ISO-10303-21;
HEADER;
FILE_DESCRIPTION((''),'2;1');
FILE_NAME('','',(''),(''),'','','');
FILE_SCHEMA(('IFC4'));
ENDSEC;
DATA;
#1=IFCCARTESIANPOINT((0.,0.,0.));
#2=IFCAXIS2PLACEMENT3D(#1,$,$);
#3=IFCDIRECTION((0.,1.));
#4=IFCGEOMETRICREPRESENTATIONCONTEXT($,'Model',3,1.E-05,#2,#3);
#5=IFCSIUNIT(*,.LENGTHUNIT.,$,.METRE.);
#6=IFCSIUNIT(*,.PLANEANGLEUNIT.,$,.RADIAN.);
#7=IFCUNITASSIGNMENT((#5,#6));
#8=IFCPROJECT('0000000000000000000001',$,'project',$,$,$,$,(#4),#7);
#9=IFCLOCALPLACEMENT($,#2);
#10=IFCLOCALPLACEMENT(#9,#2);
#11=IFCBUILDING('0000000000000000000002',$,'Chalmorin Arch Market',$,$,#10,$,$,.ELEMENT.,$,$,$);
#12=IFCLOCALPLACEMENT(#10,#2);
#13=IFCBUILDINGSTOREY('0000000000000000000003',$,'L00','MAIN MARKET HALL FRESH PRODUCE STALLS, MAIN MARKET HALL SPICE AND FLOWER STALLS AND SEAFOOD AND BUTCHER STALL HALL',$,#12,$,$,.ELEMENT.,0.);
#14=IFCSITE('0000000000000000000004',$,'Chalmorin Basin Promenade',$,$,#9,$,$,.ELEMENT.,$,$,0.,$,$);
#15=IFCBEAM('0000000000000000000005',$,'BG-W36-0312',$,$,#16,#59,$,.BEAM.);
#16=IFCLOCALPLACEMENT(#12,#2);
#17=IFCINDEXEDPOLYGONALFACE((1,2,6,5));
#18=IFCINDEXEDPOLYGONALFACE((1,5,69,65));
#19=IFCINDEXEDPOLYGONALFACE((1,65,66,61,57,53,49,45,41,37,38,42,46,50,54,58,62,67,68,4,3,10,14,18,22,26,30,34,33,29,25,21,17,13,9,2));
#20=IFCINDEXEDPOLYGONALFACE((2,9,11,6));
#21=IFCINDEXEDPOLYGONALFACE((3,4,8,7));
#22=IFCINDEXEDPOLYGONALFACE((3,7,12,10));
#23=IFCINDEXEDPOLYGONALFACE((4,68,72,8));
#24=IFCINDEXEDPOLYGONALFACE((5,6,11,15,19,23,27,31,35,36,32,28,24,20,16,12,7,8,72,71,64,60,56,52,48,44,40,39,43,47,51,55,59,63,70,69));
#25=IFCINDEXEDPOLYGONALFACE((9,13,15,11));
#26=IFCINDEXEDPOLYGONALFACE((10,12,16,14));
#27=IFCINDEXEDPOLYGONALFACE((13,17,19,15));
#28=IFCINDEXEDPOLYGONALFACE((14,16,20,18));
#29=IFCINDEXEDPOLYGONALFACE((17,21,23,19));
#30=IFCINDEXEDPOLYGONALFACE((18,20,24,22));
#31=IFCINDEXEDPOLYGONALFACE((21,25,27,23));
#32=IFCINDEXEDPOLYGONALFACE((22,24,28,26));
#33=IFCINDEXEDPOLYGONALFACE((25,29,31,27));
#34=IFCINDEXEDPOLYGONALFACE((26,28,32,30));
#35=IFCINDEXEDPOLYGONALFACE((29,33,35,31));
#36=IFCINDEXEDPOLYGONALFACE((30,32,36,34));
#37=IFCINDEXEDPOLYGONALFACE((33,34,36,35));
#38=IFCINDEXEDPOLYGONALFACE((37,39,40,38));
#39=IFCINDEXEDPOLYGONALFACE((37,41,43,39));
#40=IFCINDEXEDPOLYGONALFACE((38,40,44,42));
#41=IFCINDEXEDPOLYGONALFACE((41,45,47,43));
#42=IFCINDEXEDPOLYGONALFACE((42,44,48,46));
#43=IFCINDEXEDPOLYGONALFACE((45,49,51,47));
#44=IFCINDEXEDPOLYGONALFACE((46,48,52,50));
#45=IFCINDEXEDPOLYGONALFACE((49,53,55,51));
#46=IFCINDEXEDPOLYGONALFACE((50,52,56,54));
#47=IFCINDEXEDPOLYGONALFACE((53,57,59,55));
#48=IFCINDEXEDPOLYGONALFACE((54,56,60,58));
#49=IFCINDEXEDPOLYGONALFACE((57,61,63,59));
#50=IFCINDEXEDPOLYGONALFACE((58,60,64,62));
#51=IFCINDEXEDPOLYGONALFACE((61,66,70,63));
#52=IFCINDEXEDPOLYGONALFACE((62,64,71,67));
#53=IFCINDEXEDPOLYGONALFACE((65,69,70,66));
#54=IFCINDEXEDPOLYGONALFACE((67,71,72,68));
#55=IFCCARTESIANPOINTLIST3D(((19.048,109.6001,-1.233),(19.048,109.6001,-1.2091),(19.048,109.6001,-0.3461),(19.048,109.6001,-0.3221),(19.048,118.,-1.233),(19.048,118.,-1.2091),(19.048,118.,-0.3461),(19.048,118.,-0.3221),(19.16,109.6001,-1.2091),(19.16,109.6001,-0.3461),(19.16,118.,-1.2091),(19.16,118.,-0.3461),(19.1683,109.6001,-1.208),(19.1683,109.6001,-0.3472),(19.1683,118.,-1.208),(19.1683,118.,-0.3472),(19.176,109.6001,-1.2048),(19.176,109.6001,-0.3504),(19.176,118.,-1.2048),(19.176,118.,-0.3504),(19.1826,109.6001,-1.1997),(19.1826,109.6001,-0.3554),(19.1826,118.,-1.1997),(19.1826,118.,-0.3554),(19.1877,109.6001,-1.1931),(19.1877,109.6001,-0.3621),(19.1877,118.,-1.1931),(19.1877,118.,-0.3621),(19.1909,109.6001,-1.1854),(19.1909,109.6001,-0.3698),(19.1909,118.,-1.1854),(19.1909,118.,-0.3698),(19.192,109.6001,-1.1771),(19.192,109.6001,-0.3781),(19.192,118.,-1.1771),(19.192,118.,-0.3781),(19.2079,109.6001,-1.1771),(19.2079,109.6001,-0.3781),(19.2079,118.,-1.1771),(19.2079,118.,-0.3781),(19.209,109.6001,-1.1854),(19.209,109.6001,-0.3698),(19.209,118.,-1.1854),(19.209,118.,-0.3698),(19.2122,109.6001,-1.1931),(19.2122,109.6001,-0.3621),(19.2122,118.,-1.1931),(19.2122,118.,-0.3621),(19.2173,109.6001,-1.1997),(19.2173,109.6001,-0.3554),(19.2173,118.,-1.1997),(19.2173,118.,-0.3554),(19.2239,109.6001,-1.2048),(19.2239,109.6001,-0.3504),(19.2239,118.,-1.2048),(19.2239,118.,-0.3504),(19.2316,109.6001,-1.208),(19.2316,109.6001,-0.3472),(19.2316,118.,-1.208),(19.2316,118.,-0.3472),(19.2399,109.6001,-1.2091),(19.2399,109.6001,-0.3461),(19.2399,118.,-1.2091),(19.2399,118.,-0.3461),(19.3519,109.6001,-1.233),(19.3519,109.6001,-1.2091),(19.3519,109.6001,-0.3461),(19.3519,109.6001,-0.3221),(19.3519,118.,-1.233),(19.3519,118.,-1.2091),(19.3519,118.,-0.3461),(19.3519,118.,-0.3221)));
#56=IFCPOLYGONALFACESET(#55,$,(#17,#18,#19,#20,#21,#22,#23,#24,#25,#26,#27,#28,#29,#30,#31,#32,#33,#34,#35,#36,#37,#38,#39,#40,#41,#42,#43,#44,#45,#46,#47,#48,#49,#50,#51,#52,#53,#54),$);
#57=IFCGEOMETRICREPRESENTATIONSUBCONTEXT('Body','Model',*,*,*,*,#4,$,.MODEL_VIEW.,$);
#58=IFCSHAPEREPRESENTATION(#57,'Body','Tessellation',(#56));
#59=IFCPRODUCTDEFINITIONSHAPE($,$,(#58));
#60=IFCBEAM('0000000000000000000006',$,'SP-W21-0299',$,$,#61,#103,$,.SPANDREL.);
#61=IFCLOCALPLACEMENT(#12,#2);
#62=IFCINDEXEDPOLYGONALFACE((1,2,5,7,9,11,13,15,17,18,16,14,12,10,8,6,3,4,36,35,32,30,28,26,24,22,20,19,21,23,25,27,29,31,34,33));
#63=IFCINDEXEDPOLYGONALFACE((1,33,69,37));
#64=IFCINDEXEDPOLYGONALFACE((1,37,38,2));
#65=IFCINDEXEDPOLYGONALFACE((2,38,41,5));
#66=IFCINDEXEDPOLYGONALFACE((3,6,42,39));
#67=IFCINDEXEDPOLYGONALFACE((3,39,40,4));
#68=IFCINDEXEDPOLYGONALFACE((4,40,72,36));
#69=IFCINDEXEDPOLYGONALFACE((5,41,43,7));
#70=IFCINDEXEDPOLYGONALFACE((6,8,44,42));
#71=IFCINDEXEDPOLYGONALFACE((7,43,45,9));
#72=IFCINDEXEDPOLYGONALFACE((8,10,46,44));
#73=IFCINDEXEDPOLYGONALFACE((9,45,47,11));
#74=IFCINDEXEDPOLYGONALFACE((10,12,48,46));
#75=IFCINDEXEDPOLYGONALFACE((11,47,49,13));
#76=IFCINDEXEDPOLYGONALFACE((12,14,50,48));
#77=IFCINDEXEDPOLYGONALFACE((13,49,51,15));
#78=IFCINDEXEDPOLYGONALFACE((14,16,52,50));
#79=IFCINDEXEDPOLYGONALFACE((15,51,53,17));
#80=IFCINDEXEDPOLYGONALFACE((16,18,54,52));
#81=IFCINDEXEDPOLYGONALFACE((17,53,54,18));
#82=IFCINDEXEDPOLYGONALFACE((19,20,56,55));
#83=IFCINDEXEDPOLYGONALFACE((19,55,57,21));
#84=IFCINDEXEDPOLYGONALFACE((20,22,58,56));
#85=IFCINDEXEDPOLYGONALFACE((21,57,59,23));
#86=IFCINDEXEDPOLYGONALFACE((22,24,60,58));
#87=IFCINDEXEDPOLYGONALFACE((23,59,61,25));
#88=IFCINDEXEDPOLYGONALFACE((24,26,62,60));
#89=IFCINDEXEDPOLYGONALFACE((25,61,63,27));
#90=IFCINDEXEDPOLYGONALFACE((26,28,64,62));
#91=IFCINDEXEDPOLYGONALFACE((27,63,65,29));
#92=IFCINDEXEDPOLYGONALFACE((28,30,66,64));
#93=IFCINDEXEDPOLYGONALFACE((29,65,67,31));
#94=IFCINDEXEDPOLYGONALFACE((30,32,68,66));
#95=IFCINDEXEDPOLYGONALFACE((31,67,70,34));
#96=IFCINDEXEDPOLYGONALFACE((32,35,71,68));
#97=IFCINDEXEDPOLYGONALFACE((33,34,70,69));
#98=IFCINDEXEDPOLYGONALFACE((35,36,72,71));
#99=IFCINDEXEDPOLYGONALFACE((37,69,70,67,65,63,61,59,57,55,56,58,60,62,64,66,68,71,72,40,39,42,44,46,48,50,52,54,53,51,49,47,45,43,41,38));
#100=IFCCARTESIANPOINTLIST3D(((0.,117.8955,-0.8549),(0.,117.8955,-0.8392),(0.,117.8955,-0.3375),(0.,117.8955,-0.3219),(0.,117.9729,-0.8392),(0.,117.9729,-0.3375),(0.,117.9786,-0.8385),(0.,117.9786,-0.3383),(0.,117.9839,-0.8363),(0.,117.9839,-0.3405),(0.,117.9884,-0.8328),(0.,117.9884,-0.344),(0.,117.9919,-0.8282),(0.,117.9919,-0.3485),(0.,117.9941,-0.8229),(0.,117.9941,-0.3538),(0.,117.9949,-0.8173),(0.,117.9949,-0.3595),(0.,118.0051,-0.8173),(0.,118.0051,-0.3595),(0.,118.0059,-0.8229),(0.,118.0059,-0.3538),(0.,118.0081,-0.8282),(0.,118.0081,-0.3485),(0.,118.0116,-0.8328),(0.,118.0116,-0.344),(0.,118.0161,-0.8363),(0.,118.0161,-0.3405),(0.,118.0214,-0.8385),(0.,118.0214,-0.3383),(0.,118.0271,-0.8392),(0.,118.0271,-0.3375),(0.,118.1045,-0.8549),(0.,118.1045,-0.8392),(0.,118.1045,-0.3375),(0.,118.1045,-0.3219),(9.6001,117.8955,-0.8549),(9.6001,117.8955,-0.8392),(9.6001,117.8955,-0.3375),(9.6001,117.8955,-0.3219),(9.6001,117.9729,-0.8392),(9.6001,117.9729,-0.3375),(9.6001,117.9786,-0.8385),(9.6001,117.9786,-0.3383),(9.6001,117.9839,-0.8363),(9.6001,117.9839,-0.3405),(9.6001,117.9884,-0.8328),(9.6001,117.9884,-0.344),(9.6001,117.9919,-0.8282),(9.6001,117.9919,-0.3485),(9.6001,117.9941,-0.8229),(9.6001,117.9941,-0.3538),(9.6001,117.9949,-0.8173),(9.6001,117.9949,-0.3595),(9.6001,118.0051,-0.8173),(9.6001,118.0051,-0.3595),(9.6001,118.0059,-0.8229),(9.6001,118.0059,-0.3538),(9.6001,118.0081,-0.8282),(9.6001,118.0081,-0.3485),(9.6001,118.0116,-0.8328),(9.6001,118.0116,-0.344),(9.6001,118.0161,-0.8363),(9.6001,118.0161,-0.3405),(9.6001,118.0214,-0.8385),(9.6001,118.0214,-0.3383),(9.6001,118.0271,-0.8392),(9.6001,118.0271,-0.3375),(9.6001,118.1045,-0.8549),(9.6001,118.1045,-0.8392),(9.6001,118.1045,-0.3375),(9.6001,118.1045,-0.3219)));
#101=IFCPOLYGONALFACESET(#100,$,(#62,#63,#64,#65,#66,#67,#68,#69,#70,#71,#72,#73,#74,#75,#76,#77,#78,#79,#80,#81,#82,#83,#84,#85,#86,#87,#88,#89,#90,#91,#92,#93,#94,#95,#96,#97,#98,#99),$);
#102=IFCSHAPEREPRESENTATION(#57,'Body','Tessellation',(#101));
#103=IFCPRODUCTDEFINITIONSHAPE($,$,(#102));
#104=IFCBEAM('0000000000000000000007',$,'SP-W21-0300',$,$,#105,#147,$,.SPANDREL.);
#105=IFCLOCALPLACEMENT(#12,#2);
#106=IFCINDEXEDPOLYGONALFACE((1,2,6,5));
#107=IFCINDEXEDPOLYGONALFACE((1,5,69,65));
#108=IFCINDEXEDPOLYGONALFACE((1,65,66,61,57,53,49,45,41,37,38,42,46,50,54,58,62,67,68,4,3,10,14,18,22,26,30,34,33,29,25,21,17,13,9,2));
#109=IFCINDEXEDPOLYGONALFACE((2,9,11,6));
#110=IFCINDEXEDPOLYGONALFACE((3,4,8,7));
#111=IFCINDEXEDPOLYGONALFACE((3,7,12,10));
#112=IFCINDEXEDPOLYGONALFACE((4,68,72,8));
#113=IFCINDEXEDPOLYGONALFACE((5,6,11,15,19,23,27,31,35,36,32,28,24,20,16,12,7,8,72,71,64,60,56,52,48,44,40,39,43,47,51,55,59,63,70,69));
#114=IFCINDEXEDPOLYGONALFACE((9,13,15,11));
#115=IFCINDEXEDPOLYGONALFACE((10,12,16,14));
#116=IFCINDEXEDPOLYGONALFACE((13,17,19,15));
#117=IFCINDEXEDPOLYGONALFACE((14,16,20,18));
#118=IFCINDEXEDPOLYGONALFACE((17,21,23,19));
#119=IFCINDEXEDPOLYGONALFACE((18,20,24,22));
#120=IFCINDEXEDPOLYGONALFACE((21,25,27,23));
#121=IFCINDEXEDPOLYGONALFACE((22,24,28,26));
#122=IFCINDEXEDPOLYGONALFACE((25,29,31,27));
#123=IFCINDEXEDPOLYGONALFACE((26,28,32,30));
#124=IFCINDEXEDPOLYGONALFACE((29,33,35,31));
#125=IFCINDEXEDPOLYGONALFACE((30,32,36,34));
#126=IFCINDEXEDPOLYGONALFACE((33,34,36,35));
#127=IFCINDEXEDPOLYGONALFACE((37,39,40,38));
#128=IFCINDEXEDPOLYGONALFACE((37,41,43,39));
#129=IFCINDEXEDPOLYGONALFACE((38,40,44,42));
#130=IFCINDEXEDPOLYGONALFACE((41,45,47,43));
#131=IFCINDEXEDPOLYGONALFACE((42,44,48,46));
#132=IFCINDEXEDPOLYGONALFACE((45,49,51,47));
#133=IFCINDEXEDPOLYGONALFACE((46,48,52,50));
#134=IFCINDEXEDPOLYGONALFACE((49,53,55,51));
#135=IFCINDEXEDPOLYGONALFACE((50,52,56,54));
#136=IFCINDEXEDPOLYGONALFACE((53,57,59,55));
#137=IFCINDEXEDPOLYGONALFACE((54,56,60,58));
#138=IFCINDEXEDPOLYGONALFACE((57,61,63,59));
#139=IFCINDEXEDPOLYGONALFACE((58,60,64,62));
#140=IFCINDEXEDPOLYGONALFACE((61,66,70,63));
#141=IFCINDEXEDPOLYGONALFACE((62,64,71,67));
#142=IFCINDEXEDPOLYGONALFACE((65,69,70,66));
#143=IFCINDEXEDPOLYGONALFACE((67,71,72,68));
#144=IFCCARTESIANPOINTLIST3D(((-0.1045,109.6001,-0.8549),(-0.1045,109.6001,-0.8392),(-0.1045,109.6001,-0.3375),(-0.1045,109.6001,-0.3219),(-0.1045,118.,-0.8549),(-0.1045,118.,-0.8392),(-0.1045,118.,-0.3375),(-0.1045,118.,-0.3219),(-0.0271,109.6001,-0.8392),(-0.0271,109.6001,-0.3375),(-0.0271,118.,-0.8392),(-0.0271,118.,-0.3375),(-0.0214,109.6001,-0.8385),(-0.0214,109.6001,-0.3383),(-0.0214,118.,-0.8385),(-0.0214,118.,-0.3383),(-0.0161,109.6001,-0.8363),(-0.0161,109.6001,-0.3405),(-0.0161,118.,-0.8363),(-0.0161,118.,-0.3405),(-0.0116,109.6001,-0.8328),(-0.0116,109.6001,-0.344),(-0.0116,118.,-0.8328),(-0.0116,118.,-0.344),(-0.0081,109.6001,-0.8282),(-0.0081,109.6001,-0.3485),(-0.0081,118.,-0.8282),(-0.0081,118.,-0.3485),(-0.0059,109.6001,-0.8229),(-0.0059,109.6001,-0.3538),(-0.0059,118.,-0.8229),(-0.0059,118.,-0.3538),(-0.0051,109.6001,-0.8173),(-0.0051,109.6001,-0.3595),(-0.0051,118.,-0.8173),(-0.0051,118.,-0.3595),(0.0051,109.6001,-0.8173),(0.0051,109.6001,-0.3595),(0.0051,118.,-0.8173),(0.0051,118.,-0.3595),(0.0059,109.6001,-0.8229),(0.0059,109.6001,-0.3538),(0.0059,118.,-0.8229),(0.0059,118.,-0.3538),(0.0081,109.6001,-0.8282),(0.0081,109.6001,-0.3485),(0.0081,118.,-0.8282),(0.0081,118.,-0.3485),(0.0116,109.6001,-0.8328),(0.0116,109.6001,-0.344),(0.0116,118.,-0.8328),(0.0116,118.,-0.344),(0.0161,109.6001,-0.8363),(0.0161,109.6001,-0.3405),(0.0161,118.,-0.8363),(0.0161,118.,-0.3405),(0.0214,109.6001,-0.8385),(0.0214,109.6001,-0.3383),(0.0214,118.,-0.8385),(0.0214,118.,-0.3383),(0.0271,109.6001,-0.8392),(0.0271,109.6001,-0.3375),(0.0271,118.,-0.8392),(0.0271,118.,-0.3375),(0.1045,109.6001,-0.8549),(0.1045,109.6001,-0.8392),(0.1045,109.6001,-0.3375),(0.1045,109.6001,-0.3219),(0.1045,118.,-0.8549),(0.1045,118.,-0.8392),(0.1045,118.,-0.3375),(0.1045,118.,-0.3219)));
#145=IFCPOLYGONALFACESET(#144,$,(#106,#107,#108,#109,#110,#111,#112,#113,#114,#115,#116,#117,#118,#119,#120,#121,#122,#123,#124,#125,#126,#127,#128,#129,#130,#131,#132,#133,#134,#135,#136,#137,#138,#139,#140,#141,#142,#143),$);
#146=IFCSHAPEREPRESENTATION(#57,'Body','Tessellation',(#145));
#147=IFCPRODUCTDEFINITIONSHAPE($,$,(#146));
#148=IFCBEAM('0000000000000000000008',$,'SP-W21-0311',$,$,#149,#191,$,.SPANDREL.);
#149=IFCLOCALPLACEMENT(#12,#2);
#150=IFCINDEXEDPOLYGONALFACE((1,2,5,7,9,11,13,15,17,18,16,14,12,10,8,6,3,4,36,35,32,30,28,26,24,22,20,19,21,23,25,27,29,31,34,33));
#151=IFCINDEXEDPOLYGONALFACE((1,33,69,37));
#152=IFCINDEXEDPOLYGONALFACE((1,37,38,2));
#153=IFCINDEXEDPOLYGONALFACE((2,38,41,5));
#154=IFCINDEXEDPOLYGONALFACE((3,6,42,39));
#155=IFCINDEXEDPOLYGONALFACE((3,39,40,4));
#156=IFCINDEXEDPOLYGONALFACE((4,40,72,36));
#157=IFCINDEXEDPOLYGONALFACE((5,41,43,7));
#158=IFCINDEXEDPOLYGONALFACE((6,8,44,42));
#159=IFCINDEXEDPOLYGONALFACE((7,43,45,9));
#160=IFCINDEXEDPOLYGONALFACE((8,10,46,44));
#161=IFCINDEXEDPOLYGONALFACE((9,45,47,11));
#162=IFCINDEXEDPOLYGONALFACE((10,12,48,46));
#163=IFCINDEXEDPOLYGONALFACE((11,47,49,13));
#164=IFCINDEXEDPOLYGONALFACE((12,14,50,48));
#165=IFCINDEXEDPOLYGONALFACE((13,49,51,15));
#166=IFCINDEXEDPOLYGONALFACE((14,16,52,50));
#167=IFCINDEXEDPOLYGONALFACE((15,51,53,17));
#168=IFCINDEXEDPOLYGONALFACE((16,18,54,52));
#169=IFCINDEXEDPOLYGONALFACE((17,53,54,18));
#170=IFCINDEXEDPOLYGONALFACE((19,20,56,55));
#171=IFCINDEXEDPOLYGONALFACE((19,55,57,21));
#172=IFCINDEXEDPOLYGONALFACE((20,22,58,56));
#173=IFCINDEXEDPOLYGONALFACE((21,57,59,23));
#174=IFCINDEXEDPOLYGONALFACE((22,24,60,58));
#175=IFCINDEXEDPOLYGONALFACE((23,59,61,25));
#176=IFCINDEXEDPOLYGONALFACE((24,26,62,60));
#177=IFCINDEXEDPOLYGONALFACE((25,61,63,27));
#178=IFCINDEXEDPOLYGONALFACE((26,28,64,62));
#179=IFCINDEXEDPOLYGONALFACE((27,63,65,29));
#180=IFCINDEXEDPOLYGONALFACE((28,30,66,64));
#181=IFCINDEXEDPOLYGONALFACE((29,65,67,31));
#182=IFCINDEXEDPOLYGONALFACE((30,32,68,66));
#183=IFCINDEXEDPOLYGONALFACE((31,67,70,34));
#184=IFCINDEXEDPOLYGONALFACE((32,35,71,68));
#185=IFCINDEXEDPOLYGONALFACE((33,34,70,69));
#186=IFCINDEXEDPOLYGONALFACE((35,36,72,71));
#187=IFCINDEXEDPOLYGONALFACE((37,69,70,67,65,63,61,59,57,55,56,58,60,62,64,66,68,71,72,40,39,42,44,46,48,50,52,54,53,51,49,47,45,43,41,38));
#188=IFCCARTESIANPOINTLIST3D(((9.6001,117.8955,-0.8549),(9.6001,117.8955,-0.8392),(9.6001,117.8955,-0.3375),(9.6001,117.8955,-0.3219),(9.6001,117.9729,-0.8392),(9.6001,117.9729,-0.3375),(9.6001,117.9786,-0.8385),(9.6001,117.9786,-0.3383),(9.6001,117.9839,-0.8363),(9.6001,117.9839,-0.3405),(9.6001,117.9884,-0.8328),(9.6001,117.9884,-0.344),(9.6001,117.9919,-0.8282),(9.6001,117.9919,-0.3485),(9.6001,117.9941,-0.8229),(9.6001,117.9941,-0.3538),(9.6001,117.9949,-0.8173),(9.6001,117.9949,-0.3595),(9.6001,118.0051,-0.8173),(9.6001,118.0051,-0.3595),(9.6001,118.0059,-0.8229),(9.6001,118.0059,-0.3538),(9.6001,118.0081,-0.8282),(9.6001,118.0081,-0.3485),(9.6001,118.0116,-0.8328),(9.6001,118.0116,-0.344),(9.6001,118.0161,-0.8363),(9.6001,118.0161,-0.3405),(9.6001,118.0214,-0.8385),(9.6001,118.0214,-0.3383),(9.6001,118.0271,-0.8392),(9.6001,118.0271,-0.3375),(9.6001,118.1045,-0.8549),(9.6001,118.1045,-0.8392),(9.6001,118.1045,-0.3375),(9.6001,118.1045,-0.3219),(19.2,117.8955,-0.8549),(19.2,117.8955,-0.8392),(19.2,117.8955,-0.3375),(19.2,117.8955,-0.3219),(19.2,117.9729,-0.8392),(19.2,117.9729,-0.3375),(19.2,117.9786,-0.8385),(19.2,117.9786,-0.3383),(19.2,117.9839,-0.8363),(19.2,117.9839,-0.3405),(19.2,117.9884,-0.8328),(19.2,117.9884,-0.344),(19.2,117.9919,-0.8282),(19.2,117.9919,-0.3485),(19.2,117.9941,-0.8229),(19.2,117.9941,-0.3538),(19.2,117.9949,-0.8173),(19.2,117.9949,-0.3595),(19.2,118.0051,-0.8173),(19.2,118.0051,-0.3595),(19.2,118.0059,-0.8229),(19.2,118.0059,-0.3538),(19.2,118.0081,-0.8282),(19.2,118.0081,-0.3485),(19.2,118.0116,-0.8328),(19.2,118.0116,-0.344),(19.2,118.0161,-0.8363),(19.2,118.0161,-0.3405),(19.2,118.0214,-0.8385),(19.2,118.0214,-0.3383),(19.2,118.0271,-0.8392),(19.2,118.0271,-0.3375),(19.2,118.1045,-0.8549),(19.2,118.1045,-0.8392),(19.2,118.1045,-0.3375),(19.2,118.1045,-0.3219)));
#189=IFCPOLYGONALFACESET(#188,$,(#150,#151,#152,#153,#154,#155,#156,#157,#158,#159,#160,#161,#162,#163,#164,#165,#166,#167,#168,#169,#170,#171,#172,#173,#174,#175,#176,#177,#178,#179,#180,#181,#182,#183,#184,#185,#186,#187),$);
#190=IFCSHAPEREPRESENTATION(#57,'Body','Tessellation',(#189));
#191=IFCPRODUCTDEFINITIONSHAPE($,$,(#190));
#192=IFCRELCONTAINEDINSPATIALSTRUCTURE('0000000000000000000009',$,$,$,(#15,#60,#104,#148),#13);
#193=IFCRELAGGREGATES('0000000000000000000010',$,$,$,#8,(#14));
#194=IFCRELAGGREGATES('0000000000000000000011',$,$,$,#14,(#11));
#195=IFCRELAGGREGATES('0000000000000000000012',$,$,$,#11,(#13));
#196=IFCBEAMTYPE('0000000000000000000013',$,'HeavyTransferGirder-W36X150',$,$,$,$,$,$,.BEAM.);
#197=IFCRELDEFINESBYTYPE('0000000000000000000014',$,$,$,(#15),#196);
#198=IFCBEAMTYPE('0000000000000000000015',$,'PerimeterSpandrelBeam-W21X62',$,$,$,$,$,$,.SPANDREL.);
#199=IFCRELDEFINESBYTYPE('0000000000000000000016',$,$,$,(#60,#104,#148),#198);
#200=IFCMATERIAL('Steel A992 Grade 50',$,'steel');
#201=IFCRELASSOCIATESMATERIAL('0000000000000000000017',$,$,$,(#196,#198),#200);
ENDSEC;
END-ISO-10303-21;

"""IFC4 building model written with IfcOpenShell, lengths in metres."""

from ifc_helpers import new_model, si_unit, direction, frame, origin, origin_2d, place, context, subcontext, project, spatial, i_section, extrude, material, material_profile, profile_set, type_object, element, save


model = new_model("IFC4")

# Units and contexts
model_context = context("Model", 3, precision=1e-05, world=origin(), true_north=direction((0.0, 1.0)))
body_context = subcontext(model_context, "Body", "Model", "MODEL_VIEW")
ifc_project = project(units=[si_unit("LENGTHUNIT", "METRE"), si_unit("PLANEANGLEUNIT", "RADIAN")], contexts=[model_context])

# Site, building, storey
site_placement = place(None, origin())
site = spatial("IfcSite", under=ifc_project, at=site_placement, Name="Chalmorin Basin Promenade", CompositionType="ELEMENT", RefElevation=0.0)
building_placement = place(site_placement, origin())
building = spatial("IfcBuilding", under=site, at=building_placement, Name="Chalmorin Arch Market", CompositionType="ELEMENT")
storey_placement = place(building_placement, origin())
storey = spatial("IfcBuildingStorey", under=building, at=storey_placement, Name="L00", Description="MAIN MARKET HALL FRESH PRODUCE STALLS, MAIN MARKET HALL SPICE AND FLOWER STALLS AND SEAFOOD AND BUTCHER STALL HALL", CompositionType="ELEMENT", Elevation=0.0)

# Beams
ifc_material_1 = material(Name="Steel A992 Grade 50", Category="steel")
ifc_material_profile_1 = material_profile(ifc_material_1, i_section(OverallWidth=0.304, OverallDepth=0.9109, WebThickness=0.0159, FlangeThickness=0.0239, FilletRadius=0.032, at=origin_2d()), Name="W36X150")
ifc_profile_set_1 = profile_set([ifc_material_profile_1], Name="Steel A992 Grade 50")
beam_type_1 = type_object("IfcBeamType", Name="HeavyTransferGirder-W36X150", PredefinedType="BEAM", material=ifc_profile_set_1)
for number, where, z_axis, x_axis, name in (
    (1, (19.2, 109.6001, -0.7776), (0.0, 1.0, 0.0), (-1.0, 0.0, 0.0), "BG-W36-0312"),
):
    element("IfcBeam", number, at=place(storey_placement, frame(where, z_axis=z_axis, x_axis=x_axis)), inside=storey, type_object=beam_type_1, Name=name, PredefinedType="BEAM", context=body_context, shape_type="SweptSolid", body=[
        extrude(i_section(OverallWidth=0.304, OverallDepth=0.9109, WebThickness=0.0159, FlangeThickness=0.0239, FilletRadius=0.032, at=origin_2d()), origin(), (0.0, 0.0, 1.0), 8.3999),
    ])
ifc_material_profile_2 = material_profile(ifc_material_1, i_section(OverallWidth=0.209, OverallDepth=0.533, WebThickness=0.0103, FlangeThickness=0.0156, FilletRadius=0.022, at=origin_2d()), Name="W21X62")
ifc_profile_set_2 = profile_set([ifc_material_profile_2], Name="Steel A992 Grade 50")
beam_type_2 = type_object("IfcBeamType", Name="PerimeterSpandrelBeam-W21X62", PredefinedType="SPANDREL", material=ifc_profile_set_2)
beam_1_placement = place(storey_placement, frame((0.0, 118.0, -0.5884), z_axis=(1.0, 0.0, 0.0), x_axis=(0.0, 1.0, 0.0)))
element("IfcBeam", 2, at=beam_1_placement, inside=storey, type_object=beam_type_2, Name="SP-W21-0299", PredefinedType="SPANDREL", context=body_context, shape_type="SweptSolid", body=[
    extrude(i_section(OverallWidth=0.209, OverallDepth=0.533, WebThickness=0.0103, FlangeThickness=0.0156, FilletRadius=0.022, at=origin_2d()), origin(), (0.0, 0.0, 1.0), 9.6001),
])
beam_2_placement = place(storey_placement, frame((0.0, 109.6001, -0.5884), z_axis=(0.0, 1.0, 0.0), x_axis=(-1.0, 0.0, 0.0)))
element("IfcBeam", 3, at=beam_2_placement, inside=storey, type_object=beam_type_2, Name="SP-W21-0300", PredefinedType="SPANDREL", context=body_context, shape_type="SweptSolid", body=[
    extrude(i_section(OverallWidth=0.209, OverallDepth=0.533, WebThickness=0.0103, FlangeThickness=0.0156, FilletRadius=0.022, at=origin_2d()), origin(), (0.0, 0.0, 1.0), 8.3999),
])
beam_3_placement = place(storey_placement, frame((9.6001, 118.0, -0.5884), z_axis=(1.0, 0.0, 0.0), x_axis=(0.0, 1.0, 0.0)))
element("IfcBeam", 4, at=beam_3_placement, inside=storey, type_object=beam_type_2, Name="SP-W21-0311", PredefinedType="SPANDREL", context=body_context, shape_type="SweptSolid", body=[
    extrude(i_section(OverallWidth=0.209, OverallDepth=0.533, WebThickness=0.0103, FlangeThickness=0.0156, FilletRadius=0.022, at=origin_2d()), origin(), (0.0, 0.0, 1.0), 9.5999),
])

save(model, "model.ifc")
